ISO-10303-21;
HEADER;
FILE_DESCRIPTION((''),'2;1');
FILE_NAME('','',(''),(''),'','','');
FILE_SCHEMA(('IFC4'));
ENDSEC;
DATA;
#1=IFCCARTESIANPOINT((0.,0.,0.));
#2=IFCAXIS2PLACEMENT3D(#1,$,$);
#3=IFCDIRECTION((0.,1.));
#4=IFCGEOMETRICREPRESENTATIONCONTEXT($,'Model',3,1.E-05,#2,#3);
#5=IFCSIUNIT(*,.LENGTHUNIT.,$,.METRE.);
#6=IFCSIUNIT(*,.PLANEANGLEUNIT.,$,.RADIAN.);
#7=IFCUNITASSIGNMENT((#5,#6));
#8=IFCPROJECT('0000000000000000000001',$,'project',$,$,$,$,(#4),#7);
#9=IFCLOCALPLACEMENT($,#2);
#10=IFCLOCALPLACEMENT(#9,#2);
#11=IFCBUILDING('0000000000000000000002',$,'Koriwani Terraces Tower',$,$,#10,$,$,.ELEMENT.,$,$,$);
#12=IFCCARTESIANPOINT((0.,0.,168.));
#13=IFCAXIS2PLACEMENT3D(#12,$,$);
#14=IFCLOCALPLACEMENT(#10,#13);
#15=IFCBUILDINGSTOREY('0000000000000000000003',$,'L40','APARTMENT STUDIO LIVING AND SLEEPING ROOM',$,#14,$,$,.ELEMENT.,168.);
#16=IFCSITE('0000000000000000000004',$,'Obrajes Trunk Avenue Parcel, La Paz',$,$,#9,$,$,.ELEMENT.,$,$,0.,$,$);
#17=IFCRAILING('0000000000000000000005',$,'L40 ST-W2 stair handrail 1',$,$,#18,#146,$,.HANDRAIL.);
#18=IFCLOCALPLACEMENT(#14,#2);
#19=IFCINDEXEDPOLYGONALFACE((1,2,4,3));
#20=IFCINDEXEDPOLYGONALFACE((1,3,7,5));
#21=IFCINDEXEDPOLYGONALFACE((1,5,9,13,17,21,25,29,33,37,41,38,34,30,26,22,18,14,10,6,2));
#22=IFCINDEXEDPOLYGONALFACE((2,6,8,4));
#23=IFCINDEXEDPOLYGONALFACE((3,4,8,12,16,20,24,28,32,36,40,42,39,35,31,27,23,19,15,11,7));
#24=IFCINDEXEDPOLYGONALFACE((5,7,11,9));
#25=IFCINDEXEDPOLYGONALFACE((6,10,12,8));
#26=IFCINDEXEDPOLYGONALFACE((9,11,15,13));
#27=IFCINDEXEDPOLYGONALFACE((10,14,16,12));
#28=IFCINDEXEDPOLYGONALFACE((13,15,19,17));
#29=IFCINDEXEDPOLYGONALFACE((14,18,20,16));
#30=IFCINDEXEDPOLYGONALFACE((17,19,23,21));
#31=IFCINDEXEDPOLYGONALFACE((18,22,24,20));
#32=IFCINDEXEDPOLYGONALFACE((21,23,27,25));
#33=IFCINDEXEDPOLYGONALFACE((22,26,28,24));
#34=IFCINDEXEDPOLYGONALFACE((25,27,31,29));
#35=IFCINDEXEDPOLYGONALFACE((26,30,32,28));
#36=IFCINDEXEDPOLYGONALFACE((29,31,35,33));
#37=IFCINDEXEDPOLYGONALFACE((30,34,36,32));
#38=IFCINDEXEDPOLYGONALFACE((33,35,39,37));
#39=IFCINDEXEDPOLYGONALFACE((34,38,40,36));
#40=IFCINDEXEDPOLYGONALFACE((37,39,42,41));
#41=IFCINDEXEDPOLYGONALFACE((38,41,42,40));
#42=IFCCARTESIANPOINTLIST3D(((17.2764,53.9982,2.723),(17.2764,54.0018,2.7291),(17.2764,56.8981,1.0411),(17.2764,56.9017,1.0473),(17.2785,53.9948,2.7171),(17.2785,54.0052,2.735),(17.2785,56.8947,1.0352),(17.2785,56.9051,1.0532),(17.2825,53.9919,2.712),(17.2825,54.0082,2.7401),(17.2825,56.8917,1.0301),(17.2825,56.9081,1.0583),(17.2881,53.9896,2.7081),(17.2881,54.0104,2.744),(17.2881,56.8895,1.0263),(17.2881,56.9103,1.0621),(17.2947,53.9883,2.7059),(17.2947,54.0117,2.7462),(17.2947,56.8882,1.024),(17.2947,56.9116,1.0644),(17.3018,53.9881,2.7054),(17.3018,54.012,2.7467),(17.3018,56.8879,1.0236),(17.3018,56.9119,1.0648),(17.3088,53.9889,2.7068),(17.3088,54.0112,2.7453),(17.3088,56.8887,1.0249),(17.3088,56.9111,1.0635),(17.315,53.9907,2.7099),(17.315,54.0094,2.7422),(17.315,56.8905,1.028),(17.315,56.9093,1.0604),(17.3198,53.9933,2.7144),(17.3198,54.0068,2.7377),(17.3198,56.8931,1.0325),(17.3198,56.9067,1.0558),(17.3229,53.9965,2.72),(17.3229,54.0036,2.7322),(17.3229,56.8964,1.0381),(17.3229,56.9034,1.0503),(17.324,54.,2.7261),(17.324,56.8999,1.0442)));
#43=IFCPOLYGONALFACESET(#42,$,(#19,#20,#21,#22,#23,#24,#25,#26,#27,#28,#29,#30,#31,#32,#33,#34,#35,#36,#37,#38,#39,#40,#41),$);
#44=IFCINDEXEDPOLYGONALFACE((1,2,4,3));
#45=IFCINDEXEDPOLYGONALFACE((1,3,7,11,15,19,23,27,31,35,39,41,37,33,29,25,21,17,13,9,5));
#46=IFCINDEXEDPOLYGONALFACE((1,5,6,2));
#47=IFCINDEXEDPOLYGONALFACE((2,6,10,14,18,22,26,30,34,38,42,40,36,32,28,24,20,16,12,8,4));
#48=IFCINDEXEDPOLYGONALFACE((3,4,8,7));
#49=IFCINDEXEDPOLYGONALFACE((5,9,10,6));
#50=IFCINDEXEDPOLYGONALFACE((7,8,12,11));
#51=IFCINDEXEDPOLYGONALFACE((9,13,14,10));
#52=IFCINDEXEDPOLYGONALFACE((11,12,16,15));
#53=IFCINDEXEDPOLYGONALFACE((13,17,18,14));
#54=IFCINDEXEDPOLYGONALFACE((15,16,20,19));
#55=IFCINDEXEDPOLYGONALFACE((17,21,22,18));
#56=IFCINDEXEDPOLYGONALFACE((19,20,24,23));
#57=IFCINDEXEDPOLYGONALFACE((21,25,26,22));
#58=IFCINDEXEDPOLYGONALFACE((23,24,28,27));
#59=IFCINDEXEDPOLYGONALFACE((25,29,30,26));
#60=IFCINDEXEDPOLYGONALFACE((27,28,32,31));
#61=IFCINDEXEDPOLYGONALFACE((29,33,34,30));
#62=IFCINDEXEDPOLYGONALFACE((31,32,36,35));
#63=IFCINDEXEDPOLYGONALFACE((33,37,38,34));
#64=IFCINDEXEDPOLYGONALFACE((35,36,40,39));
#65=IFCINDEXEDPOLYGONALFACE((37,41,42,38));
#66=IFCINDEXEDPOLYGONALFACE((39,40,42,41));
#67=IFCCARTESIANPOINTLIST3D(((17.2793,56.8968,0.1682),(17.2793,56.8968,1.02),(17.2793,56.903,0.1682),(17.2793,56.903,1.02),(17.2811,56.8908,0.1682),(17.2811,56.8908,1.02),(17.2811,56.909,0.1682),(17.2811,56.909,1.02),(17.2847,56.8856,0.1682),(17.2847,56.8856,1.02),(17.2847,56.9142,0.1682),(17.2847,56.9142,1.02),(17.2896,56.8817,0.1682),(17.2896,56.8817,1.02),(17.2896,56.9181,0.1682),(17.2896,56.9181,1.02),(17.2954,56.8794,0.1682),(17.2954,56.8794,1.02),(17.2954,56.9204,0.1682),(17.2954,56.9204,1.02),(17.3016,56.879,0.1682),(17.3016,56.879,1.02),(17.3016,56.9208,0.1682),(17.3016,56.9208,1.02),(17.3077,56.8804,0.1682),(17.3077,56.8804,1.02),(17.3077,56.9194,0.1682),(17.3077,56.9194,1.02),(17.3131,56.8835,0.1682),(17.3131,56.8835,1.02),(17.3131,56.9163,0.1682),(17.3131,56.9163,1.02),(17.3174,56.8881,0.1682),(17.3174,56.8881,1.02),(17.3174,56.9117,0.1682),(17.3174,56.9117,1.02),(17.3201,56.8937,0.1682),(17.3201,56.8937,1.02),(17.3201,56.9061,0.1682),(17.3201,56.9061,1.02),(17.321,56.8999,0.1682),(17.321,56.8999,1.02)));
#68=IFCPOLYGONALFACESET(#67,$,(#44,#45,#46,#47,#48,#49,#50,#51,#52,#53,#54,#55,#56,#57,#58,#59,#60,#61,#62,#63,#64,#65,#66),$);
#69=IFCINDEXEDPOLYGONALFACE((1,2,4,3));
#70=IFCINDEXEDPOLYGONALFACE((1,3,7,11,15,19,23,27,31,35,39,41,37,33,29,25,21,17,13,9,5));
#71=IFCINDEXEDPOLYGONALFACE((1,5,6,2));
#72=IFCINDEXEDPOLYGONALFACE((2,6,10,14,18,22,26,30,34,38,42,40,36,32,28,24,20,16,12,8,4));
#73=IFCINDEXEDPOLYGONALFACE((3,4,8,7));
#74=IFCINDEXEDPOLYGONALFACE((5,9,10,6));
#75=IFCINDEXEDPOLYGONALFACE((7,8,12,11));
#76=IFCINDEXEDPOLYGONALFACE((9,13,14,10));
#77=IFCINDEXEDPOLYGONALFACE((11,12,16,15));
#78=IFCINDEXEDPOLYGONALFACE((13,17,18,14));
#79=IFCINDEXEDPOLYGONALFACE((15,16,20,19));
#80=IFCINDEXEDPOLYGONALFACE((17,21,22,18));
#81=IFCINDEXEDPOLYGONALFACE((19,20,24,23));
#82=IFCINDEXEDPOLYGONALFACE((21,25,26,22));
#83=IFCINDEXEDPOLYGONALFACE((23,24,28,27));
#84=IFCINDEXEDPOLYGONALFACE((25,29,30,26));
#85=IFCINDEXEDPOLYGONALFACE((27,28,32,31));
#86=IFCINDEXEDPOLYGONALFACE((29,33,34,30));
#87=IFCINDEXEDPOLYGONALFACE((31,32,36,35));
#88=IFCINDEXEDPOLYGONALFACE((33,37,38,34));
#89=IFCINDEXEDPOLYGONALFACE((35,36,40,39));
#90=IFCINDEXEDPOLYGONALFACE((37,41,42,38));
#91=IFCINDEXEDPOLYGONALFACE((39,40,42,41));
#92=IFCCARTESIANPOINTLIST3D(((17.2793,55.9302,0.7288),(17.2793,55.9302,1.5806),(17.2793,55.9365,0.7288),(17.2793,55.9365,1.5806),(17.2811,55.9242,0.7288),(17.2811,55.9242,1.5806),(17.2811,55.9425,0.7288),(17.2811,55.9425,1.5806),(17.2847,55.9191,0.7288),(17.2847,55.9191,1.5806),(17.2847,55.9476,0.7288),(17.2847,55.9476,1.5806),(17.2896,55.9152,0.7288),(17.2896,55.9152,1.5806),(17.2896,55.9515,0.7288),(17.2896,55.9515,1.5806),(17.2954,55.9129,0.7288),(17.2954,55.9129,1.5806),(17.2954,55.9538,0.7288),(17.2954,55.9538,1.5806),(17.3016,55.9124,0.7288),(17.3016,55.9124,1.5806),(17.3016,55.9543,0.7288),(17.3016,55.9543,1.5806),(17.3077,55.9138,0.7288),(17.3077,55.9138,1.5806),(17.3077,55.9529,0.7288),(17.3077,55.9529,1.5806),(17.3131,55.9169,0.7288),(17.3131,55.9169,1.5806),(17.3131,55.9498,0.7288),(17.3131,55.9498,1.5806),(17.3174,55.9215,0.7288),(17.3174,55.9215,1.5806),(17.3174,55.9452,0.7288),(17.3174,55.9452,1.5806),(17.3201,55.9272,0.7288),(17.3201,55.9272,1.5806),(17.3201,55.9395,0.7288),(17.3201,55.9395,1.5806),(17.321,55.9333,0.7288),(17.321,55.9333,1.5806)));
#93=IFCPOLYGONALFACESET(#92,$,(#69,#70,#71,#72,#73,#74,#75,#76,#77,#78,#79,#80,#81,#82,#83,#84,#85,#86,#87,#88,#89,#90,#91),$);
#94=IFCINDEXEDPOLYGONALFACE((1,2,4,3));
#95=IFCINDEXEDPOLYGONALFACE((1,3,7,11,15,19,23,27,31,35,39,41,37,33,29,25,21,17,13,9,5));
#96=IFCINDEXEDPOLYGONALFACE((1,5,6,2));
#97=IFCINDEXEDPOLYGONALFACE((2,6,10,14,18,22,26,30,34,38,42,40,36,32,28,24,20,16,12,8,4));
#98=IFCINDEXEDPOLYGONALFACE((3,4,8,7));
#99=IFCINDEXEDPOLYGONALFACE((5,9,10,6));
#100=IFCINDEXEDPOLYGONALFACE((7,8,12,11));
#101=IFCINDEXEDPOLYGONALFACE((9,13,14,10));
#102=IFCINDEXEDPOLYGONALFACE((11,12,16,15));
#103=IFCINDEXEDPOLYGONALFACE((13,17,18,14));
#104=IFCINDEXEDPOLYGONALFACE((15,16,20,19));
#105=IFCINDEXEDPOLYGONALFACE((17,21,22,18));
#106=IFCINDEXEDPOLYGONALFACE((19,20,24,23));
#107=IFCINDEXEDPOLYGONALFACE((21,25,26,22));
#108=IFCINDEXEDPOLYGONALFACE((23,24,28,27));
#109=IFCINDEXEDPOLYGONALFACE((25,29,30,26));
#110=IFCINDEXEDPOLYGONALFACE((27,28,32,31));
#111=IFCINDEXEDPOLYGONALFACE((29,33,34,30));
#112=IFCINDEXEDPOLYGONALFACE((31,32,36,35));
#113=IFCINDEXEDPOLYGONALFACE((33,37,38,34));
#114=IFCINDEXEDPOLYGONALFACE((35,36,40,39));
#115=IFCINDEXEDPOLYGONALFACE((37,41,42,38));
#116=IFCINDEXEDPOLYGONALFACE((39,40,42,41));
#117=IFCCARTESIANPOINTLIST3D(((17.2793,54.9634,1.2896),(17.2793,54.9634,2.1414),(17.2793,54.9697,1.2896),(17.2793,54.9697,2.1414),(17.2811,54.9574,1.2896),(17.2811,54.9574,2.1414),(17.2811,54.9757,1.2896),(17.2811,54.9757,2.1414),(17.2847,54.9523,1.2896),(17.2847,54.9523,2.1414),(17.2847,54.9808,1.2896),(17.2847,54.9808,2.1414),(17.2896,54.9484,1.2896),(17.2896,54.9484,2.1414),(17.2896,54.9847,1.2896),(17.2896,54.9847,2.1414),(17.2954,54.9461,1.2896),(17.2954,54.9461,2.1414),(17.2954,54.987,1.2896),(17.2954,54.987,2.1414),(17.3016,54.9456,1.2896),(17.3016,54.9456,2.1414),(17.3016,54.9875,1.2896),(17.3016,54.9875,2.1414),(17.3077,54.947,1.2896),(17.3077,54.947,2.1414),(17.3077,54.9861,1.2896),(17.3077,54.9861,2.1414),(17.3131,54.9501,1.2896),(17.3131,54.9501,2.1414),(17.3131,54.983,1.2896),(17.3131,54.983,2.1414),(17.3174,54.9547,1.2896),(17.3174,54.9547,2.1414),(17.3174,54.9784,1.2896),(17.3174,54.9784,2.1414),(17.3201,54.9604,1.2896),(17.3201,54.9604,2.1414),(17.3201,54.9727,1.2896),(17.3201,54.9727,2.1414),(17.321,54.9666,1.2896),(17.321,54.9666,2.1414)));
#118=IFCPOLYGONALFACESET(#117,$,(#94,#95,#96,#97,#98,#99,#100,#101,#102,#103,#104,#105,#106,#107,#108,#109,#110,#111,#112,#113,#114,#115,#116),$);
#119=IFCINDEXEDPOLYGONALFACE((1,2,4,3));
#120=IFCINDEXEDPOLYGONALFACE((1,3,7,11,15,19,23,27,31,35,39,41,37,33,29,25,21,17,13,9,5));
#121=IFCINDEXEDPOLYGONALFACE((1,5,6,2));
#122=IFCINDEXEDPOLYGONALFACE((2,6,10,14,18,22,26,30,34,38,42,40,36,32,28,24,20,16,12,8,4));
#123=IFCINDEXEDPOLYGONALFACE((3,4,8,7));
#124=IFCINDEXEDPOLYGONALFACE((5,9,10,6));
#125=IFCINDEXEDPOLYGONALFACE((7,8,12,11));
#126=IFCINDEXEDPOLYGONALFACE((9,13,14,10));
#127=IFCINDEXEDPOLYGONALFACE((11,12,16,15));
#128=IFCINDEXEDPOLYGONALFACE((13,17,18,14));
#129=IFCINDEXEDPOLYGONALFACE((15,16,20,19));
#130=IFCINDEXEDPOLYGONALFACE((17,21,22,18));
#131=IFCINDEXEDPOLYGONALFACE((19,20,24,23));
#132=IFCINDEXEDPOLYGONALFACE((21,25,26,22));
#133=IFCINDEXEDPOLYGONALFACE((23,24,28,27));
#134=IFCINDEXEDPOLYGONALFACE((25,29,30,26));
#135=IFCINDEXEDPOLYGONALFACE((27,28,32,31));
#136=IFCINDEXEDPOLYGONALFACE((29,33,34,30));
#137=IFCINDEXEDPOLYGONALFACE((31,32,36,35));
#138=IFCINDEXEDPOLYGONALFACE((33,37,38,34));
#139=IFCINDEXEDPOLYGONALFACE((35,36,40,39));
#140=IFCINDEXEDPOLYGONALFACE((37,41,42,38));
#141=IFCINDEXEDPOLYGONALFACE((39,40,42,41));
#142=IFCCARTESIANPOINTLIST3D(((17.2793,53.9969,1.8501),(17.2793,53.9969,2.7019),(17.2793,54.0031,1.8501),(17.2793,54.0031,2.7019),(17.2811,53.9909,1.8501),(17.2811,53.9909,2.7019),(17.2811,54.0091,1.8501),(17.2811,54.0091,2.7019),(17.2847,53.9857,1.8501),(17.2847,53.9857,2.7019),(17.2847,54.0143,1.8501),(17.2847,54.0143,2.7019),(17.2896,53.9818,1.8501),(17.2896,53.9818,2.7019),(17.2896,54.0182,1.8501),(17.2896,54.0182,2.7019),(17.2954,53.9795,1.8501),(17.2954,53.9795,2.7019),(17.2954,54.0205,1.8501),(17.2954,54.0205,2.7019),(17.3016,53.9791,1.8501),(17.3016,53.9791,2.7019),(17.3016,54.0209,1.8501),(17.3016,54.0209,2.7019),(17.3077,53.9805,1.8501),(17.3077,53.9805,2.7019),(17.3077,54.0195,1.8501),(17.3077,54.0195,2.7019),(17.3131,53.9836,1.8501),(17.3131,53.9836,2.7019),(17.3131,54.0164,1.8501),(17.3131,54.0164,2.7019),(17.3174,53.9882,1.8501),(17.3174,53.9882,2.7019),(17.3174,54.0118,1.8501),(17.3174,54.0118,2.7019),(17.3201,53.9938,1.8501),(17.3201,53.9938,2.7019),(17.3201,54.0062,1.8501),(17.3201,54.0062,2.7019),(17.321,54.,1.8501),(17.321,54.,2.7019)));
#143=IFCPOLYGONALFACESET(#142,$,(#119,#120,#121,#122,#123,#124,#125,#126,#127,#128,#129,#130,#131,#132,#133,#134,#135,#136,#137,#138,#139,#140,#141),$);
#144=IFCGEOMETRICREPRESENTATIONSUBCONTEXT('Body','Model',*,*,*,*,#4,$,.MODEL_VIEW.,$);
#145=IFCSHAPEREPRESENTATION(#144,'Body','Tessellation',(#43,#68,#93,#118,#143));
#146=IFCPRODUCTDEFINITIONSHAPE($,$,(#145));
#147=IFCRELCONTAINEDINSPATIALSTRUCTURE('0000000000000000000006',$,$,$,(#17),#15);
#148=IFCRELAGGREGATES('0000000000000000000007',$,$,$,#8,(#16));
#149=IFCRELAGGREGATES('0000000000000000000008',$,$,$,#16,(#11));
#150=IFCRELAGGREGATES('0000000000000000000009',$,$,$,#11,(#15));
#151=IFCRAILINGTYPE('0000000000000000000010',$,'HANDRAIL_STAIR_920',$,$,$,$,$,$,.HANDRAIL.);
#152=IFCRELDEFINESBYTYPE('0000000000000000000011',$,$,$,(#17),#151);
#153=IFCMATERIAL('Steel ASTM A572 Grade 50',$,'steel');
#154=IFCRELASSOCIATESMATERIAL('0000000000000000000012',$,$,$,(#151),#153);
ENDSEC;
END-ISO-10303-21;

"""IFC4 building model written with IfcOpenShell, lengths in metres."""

from ifc_helpers import new_model, si_unit, direction, frame, origin, origin_2d, place, context, subcontext, project, spatial, circle, extrude, material, type_object, element, save


model = new_model("IFC4")

# Units and contexts
model_context = context("Model", 3, precision=1e-05, world=origin(), true_north=direction((0.0, 1.0)))
body_context = subcontext(model_context, "Body", "Model", "MODEL_VIEW")
ifc_project = project(units=[si_unit("LENGTHUNIT", "METRE"), si_unit("PLANEANGLEUNIT", "RADIAN")], contexts=[model_context])

# Site, building, storey
site_placement = place(None, origin())
site = spatial("IfcSite", under=ifc_project, at=site_placement, Name="Obrajes Trunk Avenue Parcel, La Paz", CompositionType="ELEMENT", RefElevation=0.0)
building_placement = place(site_placement, origin())
building = spatial("IfcBuilding", under=site, at=building_placement, Name="Koriwani Terraces Tower", CompositionType="ELEMENT")
storey_placement = place(building_placement, frame((0.0, 0.0, 168.0)))
storey = spatial("IfcBuildingStorey", under=building, at=storey_placement, Name="L40", Description="APARTMENT STUDIO LIVING AND SLEEPING ROOM", CompositionType="ELEMENT", Elevation=168.0)

# Shared definitions
ifc_material_1 = material(Name="Steel ASTM A572 Grade 50", Category="steel")

# Railing
railing_type_1 = type_object("IfcRailingType", Name="HANDRAIL_STAIR_920", PredefinedType="HANDRAIL", material=ifc_material_1)
railing_1_placement = place(storey_placement, frame((17.3, 56.8999, 0.1682)))
element("IfcRailing", 1, at=railing_1_placement, inside=storey, type_object=railing_type_1, Name="L40 ST-W2 stair handrail 1", PredefinedType="HANDRAIL", context=body_context, shape_type="SweptSolid", body=[
    extrude(circle(Radius=0.0239, at=origin_2d()), frame((0.0, 0.0, 0.876), z_axis=(0.0, -0.865039, 0.501705), x_axis=(1.0, 0.0, 0.0)), (0.0, 0.0, 1.0), 3.3523),
    extrude(circle(Radius=0.021, at=origin_2d()), origin(), (0.0, 0.0, 1.0), 0.8518),
    extrude(circle(Radius=0.021, at=origin_2d()), frame((0.0, -0.9666, 0.5605)), (0.0, 0.0, 1.0), 0.8518),
    extrude(circle(Radius=0.021, at=origin_2d()), frame((0.0, -1.9333, 1.1213)), (0.0, 0.0, 1.0), 0.8518),
    extrude(circle(Radius=0.021, at=origin_2d()), frame((0.0, -2.8999, 1.6819)), (0.0, 0.0, 1.0), 0.8518),
])

save(model, "model.ifc")
